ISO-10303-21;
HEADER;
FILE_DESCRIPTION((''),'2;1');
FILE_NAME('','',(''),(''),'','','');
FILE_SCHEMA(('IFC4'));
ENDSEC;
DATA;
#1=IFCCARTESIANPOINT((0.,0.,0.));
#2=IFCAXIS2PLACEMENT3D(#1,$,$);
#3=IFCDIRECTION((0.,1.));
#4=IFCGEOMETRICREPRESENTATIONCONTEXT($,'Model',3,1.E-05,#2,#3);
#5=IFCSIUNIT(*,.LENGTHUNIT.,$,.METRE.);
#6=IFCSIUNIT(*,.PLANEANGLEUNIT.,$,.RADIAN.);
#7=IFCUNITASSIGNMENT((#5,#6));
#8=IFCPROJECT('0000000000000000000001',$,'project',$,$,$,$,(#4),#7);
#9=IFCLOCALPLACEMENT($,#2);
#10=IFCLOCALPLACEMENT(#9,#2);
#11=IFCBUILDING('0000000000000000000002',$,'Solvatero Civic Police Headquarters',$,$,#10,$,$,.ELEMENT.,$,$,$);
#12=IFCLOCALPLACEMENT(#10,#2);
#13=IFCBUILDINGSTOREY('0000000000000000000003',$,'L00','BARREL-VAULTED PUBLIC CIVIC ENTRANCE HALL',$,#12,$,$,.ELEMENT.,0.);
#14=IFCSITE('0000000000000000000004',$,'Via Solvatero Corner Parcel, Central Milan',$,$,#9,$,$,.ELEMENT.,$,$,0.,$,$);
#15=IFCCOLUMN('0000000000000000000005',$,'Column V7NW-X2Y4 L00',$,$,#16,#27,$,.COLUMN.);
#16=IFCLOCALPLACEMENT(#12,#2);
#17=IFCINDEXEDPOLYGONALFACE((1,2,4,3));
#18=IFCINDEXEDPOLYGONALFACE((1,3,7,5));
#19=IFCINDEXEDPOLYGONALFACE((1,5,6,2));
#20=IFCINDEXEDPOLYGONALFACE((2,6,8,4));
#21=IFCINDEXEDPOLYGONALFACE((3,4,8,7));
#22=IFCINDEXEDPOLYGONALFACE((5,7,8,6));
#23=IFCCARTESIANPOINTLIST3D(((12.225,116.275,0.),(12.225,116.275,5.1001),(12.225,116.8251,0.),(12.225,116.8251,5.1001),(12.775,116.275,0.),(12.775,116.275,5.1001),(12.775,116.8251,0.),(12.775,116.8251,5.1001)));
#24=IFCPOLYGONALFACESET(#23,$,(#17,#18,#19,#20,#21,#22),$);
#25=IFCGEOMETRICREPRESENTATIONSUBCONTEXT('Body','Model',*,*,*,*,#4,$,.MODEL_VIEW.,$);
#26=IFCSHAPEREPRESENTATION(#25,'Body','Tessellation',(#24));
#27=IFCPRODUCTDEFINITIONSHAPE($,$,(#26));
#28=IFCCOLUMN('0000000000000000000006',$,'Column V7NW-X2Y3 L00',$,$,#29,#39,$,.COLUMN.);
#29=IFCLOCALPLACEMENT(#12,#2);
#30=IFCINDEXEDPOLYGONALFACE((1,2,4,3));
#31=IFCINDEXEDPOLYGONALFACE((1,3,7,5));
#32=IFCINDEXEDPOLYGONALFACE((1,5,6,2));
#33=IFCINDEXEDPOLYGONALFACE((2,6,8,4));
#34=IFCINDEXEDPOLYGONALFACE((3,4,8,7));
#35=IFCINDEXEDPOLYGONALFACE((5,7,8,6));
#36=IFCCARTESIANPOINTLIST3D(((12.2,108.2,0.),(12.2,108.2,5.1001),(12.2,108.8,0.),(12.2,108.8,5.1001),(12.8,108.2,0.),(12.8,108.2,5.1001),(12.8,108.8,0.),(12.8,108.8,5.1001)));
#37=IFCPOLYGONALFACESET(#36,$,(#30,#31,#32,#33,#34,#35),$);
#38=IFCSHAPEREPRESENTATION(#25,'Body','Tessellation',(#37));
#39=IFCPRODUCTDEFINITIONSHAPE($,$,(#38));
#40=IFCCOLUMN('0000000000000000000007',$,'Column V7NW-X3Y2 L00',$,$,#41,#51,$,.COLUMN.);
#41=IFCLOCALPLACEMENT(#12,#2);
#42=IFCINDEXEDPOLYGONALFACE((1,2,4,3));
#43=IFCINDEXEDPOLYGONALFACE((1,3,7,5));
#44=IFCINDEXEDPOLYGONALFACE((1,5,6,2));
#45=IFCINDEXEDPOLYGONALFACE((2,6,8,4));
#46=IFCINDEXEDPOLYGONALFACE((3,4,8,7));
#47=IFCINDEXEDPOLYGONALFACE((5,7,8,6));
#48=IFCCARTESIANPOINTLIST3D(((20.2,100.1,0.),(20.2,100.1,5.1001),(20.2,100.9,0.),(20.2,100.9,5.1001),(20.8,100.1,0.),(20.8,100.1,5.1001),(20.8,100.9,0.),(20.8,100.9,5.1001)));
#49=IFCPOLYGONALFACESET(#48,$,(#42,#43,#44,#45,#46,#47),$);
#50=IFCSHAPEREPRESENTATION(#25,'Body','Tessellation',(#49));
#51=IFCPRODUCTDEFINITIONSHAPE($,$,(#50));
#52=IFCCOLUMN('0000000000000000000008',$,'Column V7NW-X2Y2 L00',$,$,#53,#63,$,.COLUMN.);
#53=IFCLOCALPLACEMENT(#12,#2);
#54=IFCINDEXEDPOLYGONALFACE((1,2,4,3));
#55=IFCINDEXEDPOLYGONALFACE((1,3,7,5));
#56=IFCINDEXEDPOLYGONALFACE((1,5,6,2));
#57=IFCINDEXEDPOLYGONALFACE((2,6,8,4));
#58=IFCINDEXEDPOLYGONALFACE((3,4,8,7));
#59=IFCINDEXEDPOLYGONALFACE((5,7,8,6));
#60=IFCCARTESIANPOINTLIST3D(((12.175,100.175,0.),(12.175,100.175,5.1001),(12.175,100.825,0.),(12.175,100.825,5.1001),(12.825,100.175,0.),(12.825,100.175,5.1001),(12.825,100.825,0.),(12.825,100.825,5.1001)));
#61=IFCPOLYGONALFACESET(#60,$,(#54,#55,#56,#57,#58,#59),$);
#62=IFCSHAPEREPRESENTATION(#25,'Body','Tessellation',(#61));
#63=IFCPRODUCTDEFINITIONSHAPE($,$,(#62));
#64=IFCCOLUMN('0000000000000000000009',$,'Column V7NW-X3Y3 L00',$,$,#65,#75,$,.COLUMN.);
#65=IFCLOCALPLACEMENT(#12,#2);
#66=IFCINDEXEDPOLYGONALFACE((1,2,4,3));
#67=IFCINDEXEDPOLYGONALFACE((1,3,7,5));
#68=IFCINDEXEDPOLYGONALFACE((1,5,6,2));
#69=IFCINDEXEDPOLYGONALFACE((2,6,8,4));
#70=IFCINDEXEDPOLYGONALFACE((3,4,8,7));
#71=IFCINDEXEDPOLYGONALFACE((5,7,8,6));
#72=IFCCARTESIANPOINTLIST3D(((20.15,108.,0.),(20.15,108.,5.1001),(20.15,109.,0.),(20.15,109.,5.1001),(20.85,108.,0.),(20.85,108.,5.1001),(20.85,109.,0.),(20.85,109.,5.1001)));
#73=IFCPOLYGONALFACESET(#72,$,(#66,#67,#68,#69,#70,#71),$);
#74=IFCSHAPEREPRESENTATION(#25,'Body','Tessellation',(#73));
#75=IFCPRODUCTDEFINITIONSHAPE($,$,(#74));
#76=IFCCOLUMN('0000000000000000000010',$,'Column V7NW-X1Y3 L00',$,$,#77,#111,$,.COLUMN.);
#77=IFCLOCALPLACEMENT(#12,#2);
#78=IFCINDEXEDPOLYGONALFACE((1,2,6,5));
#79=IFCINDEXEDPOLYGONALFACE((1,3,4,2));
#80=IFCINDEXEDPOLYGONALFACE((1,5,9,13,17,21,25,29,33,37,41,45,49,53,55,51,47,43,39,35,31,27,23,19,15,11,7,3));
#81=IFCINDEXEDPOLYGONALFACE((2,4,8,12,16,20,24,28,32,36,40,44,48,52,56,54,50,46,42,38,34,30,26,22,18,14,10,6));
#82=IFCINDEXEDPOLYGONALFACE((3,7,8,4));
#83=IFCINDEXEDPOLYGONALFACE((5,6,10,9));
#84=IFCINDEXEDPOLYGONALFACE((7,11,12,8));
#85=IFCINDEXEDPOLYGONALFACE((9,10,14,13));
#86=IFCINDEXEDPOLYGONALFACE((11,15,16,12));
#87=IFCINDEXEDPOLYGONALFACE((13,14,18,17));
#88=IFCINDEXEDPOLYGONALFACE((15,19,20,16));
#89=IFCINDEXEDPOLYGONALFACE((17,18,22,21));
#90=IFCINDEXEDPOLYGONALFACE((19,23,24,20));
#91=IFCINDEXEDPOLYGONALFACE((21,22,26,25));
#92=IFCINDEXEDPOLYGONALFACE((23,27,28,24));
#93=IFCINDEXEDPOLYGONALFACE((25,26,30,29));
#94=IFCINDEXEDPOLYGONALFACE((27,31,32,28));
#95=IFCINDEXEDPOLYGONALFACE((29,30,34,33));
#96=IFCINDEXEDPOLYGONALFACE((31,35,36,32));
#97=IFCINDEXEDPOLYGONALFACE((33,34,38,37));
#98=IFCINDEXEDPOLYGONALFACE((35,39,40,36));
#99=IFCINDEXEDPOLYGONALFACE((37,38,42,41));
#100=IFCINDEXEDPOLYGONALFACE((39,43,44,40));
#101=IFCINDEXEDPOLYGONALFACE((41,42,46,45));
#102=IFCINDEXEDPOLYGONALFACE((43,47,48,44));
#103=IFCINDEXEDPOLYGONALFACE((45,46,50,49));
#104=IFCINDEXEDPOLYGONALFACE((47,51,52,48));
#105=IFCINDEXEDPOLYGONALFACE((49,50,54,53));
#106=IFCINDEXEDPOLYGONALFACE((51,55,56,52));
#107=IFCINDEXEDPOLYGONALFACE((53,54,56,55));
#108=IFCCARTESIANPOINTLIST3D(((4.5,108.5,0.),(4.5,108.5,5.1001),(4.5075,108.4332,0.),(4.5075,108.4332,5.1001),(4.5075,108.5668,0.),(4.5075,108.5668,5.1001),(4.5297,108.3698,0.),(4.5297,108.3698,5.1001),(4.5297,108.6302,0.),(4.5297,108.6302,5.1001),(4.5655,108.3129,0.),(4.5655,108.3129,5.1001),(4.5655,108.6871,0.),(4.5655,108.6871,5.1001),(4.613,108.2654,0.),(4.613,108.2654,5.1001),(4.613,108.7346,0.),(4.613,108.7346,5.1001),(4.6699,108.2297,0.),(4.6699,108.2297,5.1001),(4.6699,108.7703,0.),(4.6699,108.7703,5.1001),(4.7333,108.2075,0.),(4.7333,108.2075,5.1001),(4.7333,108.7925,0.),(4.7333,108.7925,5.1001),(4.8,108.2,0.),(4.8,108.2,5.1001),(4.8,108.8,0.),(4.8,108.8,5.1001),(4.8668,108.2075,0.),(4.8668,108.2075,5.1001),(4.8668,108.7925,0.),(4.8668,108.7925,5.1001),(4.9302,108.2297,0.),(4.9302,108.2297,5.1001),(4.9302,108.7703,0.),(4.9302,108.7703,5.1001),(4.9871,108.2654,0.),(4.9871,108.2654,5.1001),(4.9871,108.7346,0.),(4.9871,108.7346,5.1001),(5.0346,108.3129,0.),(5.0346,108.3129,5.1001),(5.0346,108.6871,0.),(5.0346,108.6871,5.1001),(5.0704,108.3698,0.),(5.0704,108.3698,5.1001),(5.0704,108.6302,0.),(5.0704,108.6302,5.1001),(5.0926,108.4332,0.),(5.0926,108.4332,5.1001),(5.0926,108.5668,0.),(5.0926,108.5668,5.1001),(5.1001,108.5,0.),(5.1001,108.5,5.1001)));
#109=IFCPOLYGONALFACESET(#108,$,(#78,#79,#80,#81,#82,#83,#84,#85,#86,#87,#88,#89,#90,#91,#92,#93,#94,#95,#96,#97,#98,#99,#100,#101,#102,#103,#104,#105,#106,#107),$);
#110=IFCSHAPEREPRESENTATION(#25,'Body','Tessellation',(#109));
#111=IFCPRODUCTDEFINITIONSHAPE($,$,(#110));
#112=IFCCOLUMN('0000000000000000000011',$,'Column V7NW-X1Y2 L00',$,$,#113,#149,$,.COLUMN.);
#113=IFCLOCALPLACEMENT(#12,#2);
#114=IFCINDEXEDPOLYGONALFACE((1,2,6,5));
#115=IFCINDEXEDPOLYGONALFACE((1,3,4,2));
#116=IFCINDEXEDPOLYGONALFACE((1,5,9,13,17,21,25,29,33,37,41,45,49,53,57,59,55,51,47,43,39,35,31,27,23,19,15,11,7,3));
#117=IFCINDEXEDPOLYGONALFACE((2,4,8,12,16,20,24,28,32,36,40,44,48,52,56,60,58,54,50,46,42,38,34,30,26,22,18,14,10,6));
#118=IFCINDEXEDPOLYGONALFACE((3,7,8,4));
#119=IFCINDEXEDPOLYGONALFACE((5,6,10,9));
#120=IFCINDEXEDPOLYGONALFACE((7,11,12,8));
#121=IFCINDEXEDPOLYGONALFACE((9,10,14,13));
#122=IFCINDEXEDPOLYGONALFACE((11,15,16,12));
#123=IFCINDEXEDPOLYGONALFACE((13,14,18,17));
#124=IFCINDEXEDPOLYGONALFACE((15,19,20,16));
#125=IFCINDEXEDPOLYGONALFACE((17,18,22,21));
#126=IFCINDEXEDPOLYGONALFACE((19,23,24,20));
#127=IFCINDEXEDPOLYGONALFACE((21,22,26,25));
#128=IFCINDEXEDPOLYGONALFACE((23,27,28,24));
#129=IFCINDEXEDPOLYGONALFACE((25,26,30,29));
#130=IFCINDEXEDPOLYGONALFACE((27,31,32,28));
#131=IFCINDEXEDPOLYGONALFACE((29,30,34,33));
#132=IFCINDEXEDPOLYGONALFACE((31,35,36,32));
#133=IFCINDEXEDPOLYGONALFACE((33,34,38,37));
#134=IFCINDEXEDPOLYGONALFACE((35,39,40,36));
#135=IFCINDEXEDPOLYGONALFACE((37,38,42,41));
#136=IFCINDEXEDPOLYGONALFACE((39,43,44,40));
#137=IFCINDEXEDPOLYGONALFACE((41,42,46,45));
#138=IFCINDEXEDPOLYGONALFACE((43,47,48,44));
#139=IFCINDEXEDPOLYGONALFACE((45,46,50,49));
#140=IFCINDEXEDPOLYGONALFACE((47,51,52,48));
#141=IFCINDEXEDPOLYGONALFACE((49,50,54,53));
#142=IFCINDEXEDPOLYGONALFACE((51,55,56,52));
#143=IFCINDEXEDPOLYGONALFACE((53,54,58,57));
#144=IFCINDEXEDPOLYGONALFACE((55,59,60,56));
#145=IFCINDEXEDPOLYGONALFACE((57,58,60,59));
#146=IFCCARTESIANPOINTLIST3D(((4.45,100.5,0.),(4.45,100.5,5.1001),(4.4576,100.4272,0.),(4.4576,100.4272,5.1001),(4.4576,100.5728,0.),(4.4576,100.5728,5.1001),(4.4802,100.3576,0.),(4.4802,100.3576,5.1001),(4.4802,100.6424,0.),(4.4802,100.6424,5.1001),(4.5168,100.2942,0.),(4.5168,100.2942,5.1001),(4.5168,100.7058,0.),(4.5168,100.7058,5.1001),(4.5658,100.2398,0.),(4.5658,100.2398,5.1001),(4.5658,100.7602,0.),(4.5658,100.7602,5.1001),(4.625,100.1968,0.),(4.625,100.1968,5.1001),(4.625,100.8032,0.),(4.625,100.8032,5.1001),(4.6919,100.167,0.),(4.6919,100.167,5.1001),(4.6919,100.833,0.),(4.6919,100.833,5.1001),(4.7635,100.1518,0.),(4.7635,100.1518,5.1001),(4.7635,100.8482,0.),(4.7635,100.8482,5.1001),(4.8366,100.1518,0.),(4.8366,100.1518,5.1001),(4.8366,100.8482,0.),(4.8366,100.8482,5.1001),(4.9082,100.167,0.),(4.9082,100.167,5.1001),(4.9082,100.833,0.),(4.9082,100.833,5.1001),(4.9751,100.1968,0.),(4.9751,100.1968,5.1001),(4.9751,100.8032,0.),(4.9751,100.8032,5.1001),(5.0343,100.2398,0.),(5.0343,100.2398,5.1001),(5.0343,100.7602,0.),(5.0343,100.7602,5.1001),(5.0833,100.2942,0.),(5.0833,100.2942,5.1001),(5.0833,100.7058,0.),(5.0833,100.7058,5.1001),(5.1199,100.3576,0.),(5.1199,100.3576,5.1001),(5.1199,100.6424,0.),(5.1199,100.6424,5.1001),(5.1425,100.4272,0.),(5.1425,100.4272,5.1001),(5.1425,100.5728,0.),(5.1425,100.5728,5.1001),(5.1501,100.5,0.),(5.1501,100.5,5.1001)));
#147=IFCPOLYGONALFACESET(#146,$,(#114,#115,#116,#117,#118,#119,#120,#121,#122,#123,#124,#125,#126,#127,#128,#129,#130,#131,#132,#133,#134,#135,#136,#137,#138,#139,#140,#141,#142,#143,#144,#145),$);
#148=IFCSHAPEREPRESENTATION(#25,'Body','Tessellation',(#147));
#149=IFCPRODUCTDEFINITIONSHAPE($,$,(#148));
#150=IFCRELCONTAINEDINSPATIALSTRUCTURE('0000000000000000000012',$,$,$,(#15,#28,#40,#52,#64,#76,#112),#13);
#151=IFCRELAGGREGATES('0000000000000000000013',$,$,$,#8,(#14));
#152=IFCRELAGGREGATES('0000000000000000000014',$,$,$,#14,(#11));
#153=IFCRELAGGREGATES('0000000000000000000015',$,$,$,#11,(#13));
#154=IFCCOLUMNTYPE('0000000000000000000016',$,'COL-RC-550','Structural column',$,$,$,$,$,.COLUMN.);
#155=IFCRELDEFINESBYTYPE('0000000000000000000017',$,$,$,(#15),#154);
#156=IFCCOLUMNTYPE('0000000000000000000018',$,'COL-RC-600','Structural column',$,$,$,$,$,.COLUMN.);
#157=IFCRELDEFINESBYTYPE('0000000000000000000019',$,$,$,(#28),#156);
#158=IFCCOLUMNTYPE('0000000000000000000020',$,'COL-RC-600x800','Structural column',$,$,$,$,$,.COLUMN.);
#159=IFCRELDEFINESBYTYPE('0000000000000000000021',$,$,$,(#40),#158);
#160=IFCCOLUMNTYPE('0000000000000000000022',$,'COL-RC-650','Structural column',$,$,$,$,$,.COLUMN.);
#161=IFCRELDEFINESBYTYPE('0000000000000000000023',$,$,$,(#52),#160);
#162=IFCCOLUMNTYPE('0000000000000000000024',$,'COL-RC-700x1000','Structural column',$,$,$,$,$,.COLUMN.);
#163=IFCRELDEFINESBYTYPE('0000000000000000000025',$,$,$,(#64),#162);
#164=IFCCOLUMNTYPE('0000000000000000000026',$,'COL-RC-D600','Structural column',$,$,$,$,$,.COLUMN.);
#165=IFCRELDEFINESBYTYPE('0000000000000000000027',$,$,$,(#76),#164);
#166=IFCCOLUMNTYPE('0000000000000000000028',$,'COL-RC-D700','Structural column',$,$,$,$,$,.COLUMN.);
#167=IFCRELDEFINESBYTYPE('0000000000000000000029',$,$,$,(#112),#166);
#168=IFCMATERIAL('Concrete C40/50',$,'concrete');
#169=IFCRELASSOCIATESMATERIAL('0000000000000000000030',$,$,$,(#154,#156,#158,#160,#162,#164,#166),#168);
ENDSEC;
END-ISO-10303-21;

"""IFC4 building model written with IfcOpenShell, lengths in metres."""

from ifc_helpers import new_model, si_unit, direction, frame, origin, origin_2d, place, context, subcontext, project, spatial, rectangle, circle, extrude, material, material_profile, profile_set, type_object, element, save


model = new_model("IFC4")

# Units and contexts
model_context = context("Model", 3, precision=1e-05, world=origin(), true_north=direction((0.0, 1.0)))
body_context = subcontext(model_context, "Body", "Model", "MODEL_VIEW")
ifc_project = project(units=[si_unit("LENGTHUNIT", "METRE"), si_unit("PLANEANGLEUNIT", "RADIAN")], contexts=[model_context])

# Site, building, storey
site_placement = place(None, origin())
site = spatial("IfcSite", under=ifc_project, at=site_placement, Name="Via Solvatero Corner Parcel, Central Milan", CompositionType="ELEMENT", RefElevation=0.0)
building_placement = place(site_placement, origin())
building = spatial("IfcBuilding", under=site, at=building_placement, Name="Solvatero Civic Police Headquarters", CompositionType="ELEMENT")
storey_placement = place(building_placement, origin())
storey = spatial("IfcBuildingStorey", under=building, at=storey_placement, Name="L00", Description="BARREL-VAULTED PUBLIC CIVIC ENTRANCE HALL", CompositionType="ELEMENT", Elevation=0.0)

# Columns
ifc_material_1 = material(Name="Concrete C40/50", Category="concrete")
ifc_material_profile_1 = material_profile(ifc_material_1, rectangle(XDim=0.55, YDim=0.55, at=origin_2d()), Name="RC 550x550")
ifc_profile_set_1 = profile_set([ifc_material_profile_1], Name="Concrete C40/50")
column_type_1 = type_object("IfcColumnType", Name="COL-RC-550", Description="Structural column", PredefinedType="COLUMN", material=ifc_profile_set_1)
column_1_placement = place(storey_placement, frame((12.5, 116.55, 0.0), z_axis=(0.0, 0.0, 1.0), x_axis=(1.0, 0.0, 0.0)))
element("IfcColumn", 1, at=column_1_placement, inside=storey, type_object=column_type_1, Name="Column V7NW-X2Y4 L00", PredefinedType="COLUMN", context=body_context, shape_type="SweptSolid", body=[
    extrude(rectangle(XDim=0.55, YDim=0.55, at=origin_2d()), origin(), (0.0, 0.0, 1.0), 5.1001),
])
ifc_material_profile_2 = material_profile(ifc_material_1, rectangle(XDim=0.6001, YDim=0.6001, at=origin_2d()), Name="RC 600x600")
ifc_profile_set_2 = profile_set([ifc_material_profile_2], Name="Concrete C40/50")
column_type_2 = type_object("IfcColumnType", Name="COL-RC-600", Description="Structural column", PredefinedType="COLUMN", material=ifc_profile_set_2)
column_2_placement = place(storey_placement, frame((12.5, 108.5, 0.0), z_axis=(0.0, 0.0, 1.0), x_axis=(1.0, 0.0, 0.0)))
element("IfcColumn", 2, at=column_2_placement, inside=storey, type_object=column_type_2, Name="Column V7NW-X2Y3 L00", PredefinedType="COLUMN", context=body_context, shape_type="SweptSolid", body=[
    extrude(rectangle(XDim=0.6001, YDim=0.6001, at=origin_2d()), origin(), (0.0, 0.0, 1.0), 5.1001),
])
ifc_material_profile_3 = material_profile(ifc_material_1, rectangle(XDim=0.6001, YDim=0.8, at=origin_2d()), Name="RC 600x800")
ifc_profile_set_3 = profile_set([ifc_material_profile_3], Name="Concrete C40/50")
column_type_3 = type_object("IfcColumnType", Name="COL-RC-600x800", Description="Structural column", PredefinedType="COLUMN", material=ifc_profile_set_3)
column_3_placement = place(storey_placement, frame((20.5, 100.5, 0.0), z_axis=(0.0, 0.0, 1.0), x_axis=(1.0, 0.0, 0.0)))
element("IfcColumn", 3, at=column_3_placement, inside=storey, type_object=column_type_3, Name="Column V7NW-X3Y2 L00", PredefinedType="COLUMN", context=body_context, shape_type="SweptSolid", body=[
    extrude(rectangle(XDim=0.6001, YDim=0.8, at=origin_2d()), origin(), (0.0, 0.0, 1.0), 5.1001),
])
ifc_material_profile_4 = material_profile(ifc_material_1, rectangle(XDim=0.6499, YDim=0.6499, at=origin_2d()), Name="RC 650x650")
ifc_profile_set_4 = profile_set([ifc_material_profile_4], Name="Concrete C40/50")
column_type_4 = type_object("IfcColumnType", Name="COL-RC-650", Description="Structural column", PredefinedType="COLUMN", material=ifc_profile_set_4)
column_4_placement = place(storey_placement, frame((12.5, 100.5, 0.0), z_axis=(0.0, 0.0, 1.0), x_axis=(1.0, 0.0, 0.0)))
element("IfcColumn", 4, at=column_4_placement, inside=storey, type_object=column_type_4, Name="Column V7NW-X2Y2 L00", PredefinedType="COLUMN", context=body_context, shape_type="SweptSolid", body=[
    extrude(rectangle(XDim=0.6499, YDim=0.6499, at=origin_2d()), origin(), (0.0, 0.0, 1.0), 5.1001),
])
ifc_material_profile_5 = material_profile(ifc_material_1, rectangle(XDim=0.7, YDim=1.0, at=origin_2d()), Name="RC 700x1000")
ifc_profile_set_5 = profile_set([ifc_material_profile_5], Name="Concrete C40/50")
column_type_5 = type_object("IfcColumnType", Name="COL-RC-700x1000", Description="Structural column", PredefinedType="COLUMN", material=ifc_profile_set_5)
column_5_placement = place(storey_placement, frame((20.5, 108.5, 0.0), z_axis=(0.0, 0.0, 1.0), x_axis=(1.0, 0.0, 0.0)))
element("IfcColumn", 5, at=column_5_placement, inside=storey, type_object=column_type_5, Name="Column V7NW-X3Y3 L00", PredefinedType="COLUMN", context=body_context, shape_type="SweptSolid", body=[
    extrude(rectangle(XDim=0.7, YDim=1.0, at=origin_2d()), origin(), (0.0, 0.0, 1.0), 5.1001),
])
ifc_material_profile_6 = material_profile(ifc_material_1, circle(Radius=0.3, at=origin_2d()), Name="RC COL D600")
ifc_profile_set_6 = profile_set([ifc_material_profile_6], Name="Concrete C40/50")
column_type_6 = type_object("IfcColumnType", Name="COL-RC-D600", Description="Structural column", PredefinedType="COLUMN", material=ifc_profile_set_6)
column_6_placement = place(storey_placement, frame((4.8, 108.5, 0.0), z_axis=(0.0, 0.0, 1.0), x_axis=(1.0, 0.0, 0.0)))
element("IfcColumn", 6, at=column_6_placement, inside=storey, type_object=column_type_6, Name="Column V7NW-X1Y3 L00", PredefinedType="COLUMN", context=body_context, shape_type="SweptSolid", body=[
    extrude(circle(Radius=0.3, at=origin_2d()), origin(), (0.0, 0.0, 1.0), 5.1001),
])
ifc_material_profile_7 = material_profile(ifc_material_1, circle(Radius=0.3501, at=origin_2d()), Name="RC COL D700")
ifc_profile_set_7 = profile_set([ifc_material_profile_7], Name="Concrete C40/50")
column_type_7 = type_object("IfcColumnType", Name="COL-RC-D700", Description="Structural column", PredefinedType="COLUMN", material=ifc_profile_set_7)
column_7_placement = place(storey_placement, frame((4.8, 100.5, 0.0), z_axis=(0.0, 0.0, 1.0), x_axis=(1.0, 0.0, 0.0)))
element("IfcColumn", 7, at=column_7_placement, inside=storey, type_object=column_type_7, Name="Column V7NW-X1Y2 L00", PredefinedType="COLUMN", context=body_context, shape_type="SweptSolid", body=[
    extrude(circle(Radius=0.3501, at=origin_2d()), origin(), (0.0, 0.0, 1.0), 5.1001),
])

save(model, "model.ifc")
